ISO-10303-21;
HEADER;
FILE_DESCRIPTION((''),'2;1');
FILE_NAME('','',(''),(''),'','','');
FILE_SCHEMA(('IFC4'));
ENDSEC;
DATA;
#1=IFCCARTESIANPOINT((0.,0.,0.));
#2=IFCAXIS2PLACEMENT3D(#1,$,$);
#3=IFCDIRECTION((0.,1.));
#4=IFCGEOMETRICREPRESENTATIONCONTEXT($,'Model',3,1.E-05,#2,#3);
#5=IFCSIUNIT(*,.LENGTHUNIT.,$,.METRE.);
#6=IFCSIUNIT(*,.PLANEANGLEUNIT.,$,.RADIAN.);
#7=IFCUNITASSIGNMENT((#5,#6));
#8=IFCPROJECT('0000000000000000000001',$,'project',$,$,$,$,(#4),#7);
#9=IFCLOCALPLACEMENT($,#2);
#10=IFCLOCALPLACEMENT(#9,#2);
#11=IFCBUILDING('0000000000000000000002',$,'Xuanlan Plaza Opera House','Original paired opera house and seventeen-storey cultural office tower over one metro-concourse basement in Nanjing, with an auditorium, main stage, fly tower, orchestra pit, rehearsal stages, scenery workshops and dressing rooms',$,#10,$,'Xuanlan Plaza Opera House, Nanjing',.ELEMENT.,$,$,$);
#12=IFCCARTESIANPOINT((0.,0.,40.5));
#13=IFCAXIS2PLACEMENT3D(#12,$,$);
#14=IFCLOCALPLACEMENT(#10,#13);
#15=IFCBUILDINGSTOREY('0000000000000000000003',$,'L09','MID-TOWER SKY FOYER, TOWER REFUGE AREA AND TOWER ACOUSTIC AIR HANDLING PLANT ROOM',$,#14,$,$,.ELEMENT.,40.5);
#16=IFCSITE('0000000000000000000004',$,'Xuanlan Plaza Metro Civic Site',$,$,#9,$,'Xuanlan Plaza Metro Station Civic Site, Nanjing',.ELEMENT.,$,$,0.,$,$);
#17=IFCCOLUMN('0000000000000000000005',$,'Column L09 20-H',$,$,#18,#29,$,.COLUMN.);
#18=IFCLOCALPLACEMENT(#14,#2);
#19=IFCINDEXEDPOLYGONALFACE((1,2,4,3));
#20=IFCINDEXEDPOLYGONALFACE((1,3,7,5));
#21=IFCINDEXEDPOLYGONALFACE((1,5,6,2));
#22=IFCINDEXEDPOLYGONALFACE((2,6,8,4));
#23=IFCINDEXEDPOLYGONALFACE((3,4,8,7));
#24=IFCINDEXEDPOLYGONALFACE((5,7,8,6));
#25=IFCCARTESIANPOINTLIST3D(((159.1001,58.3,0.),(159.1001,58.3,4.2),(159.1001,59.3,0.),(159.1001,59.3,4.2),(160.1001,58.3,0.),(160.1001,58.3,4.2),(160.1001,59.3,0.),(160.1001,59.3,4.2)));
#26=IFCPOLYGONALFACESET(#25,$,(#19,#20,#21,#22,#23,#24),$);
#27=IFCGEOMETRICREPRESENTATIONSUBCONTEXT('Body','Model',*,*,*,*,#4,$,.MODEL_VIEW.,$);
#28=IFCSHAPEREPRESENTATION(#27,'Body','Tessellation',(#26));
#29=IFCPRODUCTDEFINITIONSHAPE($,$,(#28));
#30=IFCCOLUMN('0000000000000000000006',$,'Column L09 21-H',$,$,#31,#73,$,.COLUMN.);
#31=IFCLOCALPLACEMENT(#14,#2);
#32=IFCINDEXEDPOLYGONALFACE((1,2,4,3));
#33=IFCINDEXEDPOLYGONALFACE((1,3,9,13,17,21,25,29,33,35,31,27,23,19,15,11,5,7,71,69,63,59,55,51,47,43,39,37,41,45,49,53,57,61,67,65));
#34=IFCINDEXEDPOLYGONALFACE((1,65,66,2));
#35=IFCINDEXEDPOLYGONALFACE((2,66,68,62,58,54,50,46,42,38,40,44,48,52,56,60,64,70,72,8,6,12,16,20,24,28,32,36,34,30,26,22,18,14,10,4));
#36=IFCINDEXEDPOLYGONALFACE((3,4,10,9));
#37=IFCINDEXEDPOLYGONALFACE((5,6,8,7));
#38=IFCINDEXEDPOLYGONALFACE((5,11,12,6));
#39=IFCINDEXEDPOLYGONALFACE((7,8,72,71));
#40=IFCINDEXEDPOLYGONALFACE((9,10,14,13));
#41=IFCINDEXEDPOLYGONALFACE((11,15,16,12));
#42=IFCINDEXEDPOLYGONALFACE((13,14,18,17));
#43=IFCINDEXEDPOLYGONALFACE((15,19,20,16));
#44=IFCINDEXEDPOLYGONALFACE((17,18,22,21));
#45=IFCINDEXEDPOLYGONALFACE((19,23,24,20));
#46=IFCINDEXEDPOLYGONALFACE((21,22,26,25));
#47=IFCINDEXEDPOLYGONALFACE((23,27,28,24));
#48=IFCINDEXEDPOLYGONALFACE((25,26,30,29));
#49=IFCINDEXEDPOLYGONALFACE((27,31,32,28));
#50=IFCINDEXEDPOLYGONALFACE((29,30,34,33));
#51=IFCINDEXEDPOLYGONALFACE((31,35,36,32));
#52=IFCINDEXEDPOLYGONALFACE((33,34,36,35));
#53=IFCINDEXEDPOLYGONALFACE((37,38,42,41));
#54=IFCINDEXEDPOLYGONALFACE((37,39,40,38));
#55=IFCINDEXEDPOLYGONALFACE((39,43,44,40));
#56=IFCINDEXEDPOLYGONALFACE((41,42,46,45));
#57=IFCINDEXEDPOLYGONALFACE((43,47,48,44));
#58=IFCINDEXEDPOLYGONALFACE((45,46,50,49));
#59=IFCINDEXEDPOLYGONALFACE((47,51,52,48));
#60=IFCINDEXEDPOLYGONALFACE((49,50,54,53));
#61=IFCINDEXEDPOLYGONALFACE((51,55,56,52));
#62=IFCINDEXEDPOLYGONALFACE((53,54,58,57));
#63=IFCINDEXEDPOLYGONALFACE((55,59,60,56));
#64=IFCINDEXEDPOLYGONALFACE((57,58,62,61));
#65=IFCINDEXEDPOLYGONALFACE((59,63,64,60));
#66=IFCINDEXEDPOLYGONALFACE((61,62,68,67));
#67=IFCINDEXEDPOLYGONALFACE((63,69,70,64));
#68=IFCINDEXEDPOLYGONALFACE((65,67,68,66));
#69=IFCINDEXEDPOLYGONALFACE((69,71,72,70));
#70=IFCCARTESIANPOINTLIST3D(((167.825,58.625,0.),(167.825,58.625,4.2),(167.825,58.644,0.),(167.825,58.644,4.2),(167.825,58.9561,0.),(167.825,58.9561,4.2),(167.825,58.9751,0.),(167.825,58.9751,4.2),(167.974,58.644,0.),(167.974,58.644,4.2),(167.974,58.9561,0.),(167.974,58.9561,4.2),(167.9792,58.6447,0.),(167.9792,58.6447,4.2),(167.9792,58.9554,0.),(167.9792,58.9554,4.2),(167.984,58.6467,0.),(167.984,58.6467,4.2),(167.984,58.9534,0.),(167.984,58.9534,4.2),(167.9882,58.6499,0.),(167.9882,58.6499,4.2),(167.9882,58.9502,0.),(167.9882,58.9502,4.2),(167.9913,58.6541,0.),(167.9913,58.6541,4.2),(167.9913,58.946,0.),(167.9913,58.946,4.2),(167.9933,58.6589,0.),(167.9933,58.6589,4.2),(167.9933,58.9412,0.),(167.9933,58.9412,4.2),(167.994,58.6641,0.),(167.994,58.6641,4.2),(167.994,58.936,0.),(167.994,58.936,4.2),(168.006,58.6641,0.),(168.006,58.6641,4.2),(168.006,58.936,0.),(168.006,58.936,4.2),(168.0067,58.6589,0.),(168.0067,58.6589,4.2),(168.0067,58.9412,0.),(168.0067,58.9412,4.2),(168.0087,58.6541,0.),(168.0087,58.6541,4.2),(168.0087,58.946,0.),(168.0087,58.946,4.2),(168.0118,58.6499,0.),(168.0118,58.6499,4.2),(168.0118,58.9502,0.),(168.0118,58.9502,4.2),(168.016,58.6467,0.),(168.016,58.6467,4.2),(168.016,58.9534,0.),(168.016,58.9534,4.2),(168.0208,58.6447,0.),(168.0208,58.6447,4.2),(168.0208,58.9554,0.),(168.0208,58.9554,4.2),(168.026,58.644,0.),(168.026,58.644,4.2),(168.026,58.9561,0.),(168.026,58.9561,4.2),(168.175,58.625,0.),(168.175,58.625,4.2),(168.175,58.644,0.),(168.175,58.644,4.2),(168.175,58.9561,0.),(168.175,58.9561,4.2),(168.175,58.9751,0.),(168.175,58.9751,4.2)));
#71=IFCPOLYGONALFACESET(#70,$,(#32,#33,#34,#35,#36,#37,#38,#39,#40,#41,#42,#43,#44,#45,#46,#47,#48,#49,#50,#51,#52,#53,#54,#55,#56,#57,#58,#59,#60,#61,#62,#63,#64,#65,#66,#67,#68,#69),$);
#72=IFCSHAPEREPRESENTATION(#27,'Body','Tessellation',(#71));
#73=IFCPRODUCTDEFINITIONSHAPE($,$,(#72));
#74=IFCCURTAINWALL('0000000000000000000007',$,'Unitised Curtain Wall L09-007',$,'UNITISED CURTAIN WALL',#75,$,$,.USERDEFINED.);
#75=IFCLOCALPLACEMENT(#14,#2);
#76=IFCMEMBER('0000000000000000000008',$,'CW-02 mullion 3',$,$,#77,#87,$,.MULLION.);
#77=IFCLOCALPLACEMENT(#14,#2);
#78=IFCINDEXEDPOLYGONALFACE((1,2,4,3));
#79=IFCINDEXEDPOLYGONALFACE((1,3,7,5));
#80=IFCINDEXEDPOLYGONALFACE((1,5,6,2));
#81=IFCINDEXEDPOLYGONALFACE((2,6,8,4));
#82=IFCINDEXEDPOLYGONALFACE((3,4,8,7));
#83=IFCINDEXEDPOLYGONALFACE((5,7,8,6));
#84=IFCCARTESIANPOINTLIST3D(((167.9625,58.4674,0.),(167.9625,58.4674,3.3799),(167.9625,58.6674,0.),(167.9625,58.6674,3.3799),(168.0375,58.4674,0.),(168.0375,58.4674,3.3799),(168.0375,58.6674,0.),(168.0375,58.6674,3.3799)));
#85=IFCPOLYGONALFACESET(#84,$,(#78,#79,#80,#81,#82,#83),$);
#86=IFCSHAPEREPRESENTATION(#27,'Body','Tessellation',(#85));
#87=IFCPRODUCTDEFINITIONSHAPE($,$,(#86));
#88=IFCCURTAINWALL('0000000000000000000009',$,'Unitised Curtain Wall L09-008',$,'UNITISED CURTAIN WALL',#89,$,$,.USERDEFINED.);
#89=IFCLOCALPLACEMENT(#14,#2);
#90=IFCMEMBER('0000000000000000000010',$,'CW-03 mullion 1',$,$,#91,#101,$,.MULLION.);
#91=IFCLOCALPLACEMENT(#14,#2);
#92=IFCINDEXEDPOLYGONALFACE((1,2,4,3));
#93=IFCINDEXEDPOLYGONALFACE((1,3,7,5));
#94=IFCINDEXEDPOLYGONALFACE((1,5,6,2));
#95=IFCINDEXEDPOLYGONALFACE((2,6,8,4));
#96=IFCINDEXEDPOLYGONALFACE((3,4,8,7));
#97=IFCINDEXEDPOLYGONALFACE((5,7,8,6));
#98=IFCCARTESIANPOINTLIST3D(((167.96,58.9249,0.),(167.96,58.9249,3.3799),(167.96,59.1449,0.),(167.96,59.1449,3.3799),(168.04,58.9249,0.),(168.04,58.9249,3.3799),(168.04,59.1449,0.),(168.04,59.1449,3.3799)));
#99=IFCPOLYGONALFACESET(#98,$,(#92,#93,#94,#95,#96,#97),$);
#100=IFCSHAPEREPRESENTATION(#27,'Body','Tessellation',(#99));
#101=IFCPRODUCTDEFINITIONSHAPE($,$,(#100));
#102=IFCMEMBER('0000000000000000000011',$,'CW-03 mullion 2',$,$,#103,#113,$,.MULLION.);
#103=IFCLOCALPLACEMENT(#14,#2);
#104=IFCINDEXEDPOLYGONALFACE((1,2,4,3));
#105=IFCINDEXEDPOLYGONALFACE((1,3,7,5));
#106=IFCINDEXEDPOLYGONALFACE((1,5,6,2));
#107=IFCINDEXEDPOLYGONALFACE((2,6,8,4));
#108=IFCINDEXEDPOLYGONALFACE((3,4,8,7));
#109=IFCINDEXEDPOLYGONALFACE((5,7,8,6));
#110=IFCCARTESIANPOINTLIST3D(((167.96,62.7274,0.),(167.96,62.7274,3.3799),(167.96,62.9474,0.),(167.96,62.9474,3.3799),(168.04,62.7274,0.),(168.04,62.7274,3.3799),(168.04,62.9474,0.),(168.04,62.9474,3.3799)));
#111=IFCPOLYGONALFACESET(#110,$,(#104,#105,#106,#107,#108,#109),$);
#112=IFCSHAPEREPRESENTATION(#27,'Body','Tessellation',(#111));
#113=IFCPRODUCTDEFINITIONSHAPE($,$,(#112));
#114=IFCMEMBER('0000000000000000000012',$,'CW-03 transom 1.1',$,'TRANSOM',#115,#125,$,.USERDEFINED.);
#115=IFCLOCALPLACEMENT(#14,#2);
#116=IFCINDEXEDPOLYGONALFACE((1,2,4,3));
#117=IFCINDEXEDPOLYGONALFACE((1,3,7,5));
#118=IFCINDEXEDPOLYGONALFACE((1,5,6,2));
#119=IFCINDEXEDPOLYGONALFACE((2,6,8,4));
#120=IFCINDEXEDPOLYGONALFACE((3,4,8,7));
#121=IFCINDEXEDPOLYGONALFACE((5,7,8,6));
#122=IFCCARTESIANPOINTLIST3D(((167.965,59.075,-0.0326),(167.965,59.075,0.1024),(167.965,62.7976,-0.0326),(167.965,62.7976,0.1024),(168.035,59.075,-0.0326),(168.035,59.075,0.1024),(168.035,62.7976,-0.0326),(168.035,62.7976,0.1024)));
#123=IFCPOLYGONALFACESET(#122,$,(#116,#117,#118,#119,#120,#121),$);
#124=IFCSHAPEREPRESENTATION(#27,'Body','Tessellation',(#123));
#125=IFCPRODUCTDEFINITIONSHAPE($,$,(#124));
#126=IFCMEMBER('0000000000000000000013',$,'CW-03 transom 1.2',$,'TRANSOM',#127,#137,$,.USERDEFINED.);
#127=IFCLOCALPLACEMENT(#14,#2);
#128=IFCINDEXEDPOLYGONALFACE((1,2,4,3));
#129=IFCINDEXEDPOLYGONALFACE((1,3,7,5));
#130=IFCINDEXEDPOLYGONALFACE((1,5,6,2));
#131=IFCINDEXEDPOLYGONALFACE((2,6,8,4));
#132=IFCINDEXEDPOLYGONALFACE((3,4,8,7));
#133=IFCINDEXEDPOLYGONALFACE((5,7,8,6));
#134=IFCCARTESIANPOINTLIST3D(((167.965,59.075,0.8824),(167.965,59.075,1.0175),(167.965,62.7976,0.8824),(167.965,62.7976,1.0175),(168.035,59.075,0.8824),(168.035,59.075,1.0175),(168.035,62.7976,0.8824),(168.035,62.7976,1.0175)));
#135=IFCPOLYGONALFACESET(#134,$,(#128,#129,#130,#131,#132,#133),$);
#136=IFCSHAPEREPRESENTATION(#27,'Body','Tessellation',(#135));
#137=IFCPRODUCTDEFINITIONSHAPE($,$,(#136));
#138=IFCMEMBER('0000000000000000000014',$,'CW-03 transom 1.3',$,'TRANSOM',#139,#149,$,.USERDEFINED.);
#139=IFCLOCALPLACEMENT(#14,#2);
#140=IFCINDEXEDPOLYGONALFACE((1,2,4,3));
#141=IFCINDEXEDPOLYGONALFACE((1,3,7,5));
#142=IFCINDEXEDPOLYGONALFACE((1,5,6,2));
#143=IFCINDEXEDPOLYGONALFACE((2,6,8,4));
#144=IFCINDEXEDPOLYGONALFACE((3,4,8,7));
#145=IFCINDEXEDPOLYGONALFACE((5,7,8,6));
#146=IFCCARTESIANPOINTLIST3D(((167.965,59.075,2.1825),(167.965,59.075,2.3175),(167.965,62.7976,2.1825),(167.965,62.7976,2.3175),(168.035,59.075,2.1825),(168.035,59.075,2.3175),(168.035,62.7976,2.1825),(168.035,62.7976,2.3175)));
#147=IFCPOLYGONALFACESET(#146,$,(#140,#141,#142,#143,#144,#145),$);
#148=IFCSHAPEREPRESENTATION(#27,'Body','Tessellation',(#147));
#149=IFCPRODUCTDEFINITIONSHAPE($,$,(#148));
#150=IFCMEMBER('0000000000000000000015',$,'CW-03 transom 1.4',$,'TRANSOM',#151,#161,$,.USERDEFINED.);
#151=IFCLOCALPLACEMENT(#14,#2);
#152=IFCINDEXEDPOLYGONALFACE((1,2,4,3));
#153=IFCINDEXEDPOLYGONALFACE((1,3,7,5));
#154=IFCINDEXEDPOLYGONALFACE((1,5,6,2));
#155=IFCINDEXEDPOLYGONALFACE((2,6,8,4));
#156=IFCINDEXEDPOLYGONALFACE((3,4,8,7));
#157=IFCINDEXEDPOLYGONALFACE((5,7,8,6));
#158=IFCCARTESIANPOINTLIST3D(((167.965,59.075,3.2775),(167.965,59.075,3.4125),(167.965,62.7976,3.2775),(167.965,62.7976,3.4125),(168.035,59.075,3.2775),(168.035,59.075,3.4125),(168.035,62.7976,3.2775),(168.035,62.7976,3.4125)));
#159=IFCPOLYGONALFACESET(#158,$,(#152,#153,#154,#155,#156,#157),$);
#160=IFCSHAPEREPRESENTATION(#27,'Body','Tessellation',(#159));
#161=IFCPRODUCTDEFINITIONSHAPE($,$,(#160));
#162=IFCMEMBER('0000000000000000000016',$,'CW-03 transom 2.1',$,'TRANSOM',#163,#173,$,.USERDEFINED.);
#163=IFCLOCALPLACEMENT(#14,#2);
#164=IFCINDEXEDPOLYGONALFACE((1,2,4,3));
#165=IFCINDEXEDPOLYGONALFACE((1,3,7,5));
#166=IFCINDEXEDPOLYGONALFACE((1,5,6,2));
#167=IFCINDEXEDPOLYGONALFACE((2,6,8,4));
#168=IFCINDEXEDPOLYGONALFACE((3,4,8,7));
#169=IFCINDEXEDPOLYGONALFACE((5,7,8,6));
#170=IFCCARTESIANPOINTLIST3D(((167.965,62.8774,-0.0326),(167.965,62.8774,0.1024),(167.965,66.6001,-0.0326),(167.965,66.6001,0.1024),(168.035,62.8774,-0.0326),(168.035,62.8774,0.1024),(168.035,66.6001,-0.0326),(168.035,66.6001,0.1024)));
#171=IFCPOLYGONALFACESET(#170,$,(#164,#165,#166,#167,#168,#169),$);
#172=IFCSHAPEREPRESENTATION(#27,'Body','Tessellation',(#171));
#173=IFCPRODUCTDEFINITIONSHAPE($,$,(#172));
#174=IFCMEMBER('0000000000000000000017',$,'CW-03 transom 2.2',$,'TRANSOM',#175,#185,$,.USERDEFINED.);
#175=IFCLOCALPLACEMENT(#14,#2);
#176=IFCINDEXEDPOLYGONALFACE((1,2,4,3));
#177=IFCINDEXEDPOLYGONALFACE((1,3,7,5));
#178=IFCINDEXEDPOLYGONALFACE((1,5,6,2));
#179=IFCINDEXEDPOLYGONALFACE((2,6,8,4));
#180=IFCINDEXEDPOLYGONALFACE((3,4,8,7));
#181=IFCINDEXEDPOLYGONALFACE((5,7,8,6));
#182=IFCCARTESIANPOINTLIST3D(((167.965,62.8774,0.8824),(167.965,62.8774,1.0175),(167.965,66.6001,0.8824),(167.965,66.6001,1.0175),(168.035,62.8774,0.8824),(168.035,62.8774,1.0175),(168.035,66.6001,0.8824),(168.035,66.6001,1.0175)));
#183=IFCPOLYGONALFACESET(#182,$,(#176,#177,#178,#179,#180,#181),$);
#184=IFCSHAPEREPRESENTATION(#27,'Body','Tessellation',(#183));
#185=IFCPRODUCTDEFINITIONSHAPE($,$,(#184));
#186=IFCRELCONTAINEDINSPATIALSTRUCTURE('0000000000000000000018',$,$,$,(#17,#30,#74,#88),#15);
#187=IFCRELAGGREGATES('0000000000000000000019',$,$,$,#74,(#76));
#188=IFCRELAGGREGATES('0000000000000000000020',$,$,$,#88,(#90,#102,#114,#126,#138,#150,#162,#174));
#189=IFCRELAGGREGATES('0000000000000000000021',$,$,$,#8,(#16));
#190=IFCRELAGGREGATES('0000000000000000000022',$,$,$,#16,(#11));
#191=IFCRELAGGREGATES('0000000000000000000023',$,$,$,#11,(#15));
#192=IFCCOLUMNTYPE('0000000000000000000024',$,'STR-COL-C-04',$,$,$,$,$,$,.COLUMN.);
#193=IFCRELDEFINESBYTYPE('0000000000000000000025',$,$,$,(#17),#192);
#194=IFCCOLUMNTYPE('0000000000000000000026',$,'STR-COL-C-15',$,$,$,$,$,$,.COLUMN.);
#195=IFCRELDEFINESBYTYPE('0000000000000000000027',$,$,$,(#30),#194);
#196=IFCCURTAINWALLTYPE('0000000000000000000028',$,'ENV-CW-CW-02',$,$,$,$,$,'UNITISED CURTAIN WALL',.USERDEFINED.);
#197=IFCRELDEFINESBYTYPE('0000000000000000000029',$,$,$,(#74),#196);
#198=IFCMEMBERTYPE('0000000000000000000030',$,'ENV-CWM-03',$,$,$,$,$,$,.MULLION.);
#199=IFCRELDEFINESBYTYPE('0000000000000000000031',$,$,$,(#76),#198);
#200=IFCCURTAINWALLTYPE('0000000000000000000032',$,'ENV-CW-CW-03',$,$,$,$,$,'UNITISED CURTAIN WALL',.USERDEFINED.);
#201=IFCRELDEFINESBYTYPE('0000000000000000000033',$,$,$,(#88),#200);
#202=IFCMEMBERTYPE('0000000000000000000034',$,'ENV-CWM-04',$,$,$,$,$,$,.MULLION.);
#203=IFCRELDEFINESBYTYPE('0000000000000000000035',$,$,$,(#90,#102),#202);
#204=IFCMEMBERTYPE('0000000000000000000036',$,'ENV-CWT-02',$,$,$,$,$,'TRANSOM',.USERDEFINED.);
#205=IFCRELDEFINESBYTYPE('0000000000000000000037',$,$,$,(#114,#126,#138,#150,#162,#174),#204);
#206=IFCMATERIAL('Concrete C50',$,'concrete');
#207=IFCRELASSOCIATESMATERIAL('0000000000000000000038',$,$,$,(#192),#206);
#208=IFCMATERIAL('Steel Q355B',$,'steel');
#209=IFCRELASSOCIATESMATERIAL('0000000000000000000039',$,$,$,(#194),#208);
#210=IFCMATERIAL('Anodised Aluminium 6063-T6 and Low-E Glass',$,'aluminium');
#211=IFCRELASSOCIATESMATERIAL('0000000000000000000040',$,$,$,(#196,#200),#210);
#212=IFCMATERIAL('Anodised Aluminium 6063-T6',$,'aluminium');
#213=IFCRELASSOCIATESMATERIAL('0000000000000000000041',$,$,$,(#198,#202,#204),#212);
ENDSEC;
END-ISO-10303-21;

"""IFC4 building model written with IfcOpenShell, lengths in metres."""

from ifc_helpers import new_model, si_unit, direction, frame, origin, origin_2d, place, context, subcontext, project, spatial, rectangle, i_section, extrude, material, material_profile, profile_set, type_object, element, aggregate, save


model = new_model("IFC4")

# Units and contexts
model_context = context("Model", 3, precision=1e-05, world=origin(), true_north=direction((0.0, 1.0)))
body_context = subcontext(model_context, "Body", "Model", "MODEL_VIEW")
ifc_project = project(units=[si_unit("LENGTHUNIT", "METRE"), si_unit("PLANEANGLEUNIT", "RADIAN")], contexts=[model_context])

# Site, building, storey
site_placement = place(None, origin())
site = spatial("IfcSite", under=ifc_project, at=site_placement, Name="Xuanlan Plaza Metro Civic Site", LongName="Xuanlan Plaza Metro Station Civic Site, Nanjing", CompositionType="ELEMENT", RefElevation=0.0)
building_placement = place(site_placement, origin())
building = spatial("IfcBuilding", under=site, at=building_placement, Name="Xuanlan Plaza Opera House", Description="Original paired opera house and seventeen-storey cultural office tower over one metro-concourse basement in Nanjing, with an auditorium, main stage, fly tower, orchestra pit, rehearsal stages, scenery workshops and dressing rooms", LongName="Xuanlan Plaza Opera House, Nanjing", CompositionType="ELEMENT")
storey_placement = place(building_placement, frame((0.0, 0.0, 40.5)))
storey = spatial("IfcBuildingStorey", under=building, at=storey_placement, Name="L09", Description="MID-TOWER SKY FOYER, TOWER REFUGE AREA AND TOWER ACOUSTIC AIR HANDLING PLANT ROOM", CompositionType="ELEMENT", Elevation=40.5)

# Columns
ifc_material_1 = material(Name="Concrete C50", Category="concrete")
ifc_material_profile_1 = material_profile(ifc_material_1, rectangle(XDim=1.0, YDim=1.0, at=origin_2d()), Name="RC-COL 1000x1000")
ifc_profile_set_1 = profile_set([ifc_material_profile_1], Name="Concrete C50")
column_type_1 = type_object("IfcColumnType", Name="STR-COL-C-04", PredefinedType="COLUMN", material=ifc_profile_set_1)
column_1_placement = place(storey_placement, frame((159.6001, 58.8, 0.0), z_axis=(0.0, 0.0, 1.0), x_axis=(1.0, 0.0, 0.0)))
element("IfcColumn", 1, at=column_1_placement, inside=storey, type_object=column_type_1, Name="Column L09 20-H", PredefinedType="COLUMN", context=body_context, shape_type="SweptSolid", body=[
    extrude(rectangle(XDim=1.0, YDim=1.0, at=origin_2d()), origin(), (0.0, 0.0, 1.0), 4.2),
])
ifc_material_2 = material(Name="Steel Q355B", Category="steel")
ifc_material_profile_2 = material_profile(ifc_material_2, i_section(OverallWidth=0.3501, OverallDepth=0.3501, WebThickness=0.012, FlangeThickness=0.019, FilletRadius=0.02, at=origin_2d()), Name="HW 350x350x12x19")
ifc_profile_set_2 = profile_set([ifc_material_profile_2], Name="Steel Q355B")
column_type_2 = type_object("IfcColumnType", Name="STR-COL-C-15", PredefinedType="COLUMN", material=ifc_profile_set_2)
column_2_placement = place(storey_placement, frame((168.0, 58.8, 0.0), z_axis=(0.0, 0.0, 1.0), x_axis=(1.0, 0.0, 0.0)))
element("IfcColumn", 2, at=column_2_placement, inside=storey, type_object=column_type_2, Name="Column L09 21-H", PredefinedType="COLUMN", context=body_context, shape_type="SweptSolid", body=[
    extrude(i_section(OverallWidth=0.3501, OverallDepth=0.3501, WebThickness=0.012, FlangeThickness=0.019, FilletRadius=0.02, at=origin_2d()), origin(), (0.0, 0.0, 1.0), 4.2),
])

# Curtain wall, member
ifc_material_3 = material(Name="Anodised Aluminium 6063-T6 and Low-E Glass", Category="aluminium")
curtain_wall_type_1 = type_object("IfcCurtainWallType", Name="ENV-CW-CW-02", ElementType="UNITISED CURTAIN WALL", PredefinedType="USERDEFINED", material=ifc_material_3)
curtain_wall_1_placement = place(storey_placement, origin())
curtain_wall_1 = element("IfcCurtainWall", 3, at=curtain_wall_1_placement, inside=storey, type_object=curtain_wall_type_1, Name="Unitised Curtain Wall L09-007", ObjectType="UNITISED CURTAIN WALL", PredefinedType="USERDEFINED")
ifc_material_4 = material(Name="Anodised Aluminium 6063-T6", Category="aluminium")
ifc_material_profile_3 = material_profile(ifc_material_4, rectangle(XDim=0.075, YDim=0.2, at=origin_2d()), Name="ALU-M 75x200")
ifc_profile_set_3 = profile_set([ifc_material_profile_3], Name="Anodised Aluminium 6063-T6")
member_type_1 = type_object("IfcMemberType", Name="ENV-CWM-03", PredefinedType="MULLION", material=ifc_profile_set_3)
member_1_placement = place(storey_placement, frame((168.0, 58.5674, 0.0), z_axis=(0.0, 0.0, 1.0), x_axis=(-1.0, 0.0, 0.0)))
member_1 = element("IfcMember", 4, at=member_1_placement, type_object=member_type_1, Name="CW-02 mullion 3", PredefinedType="MULLION", context=body_context, shape_type="SweptSolid", body=[
    extrude(rectangle(XDim=0.075, YDim=0.2, at=origin_2d()), origin(), (0.0, 0.0, 1.0), 3.3799),
])

# Curtain wall, members
curtain_wall_type_2 = type_object("IfcCurtainWallType", Name="ENV-CW-CW-03", ElementType="UNITISED CURTAIN WALL", PredefinedType="USERDEFINED", material=ifc_material_3)
curtain_wall_2_placement = place(storey_placement, origin())
curtain_wall_2 = element("IfcCurtainWall", 5, at=curtain_wall_2_placement, inside=storey, type_object=curtain_wall_type_2, Name="Unitised Curtain Wall L09-008", ObjectType="UNITISED CURTAIN WALL", PredefinedType="USERDEFINED")
ifc_material_profile_4 = material_profile(ifc_material_4, rectangle(XDim=0.0801, YDim=0.22, at=origin_2d()), Name="ALU-M 80x220")
ifc_profile_set_4 = profile_set([ifc_material_profile_4], Name="Anodised Aluminium 6063-T6")
member_type_2 = type_object("IfcMemberType", Name="ENV-CWM-04", PredefinedType="MULLION", material=ifc_profile_set_4)
member_2_placement = place(storey_placement, frame((168.0, 59.0349, 0.0), z_axis=(0.0, 0.0, 1.0), x_axis=(-1.0, 0.0, 0.0)))
member_2 = element("IfcMember", 6, at=member_2_placement, type_object=member_type_2, Name="CW-03 mullion 1", PredefinedType="MULLION", context=body_context, shape_type="SweptSolid", body=[
    extrude(rectangle(XDim=0.0801, YDim=0.22, at=origin_2d()), origin(), (0.0, 0.0, 1.0), 3.3799),
])
member_3_placement = place(storey_placement, frame((168.0, 62.8374, 0.0), z_axis=(0.0, 0.0, 1.0), x_axis=(-1.0, 0.0, 0.0)))
member_3 = element("IfcMember", 7, at=member_3_placement, type_object=member_type_2, Name="CW-03 mullion 2", PredefinedType="MULLION", context=body_context, shape_type="SweptSolid", body=[
    extrude(rectangle(XDim=0.0801, YDim=0.22, at=origin_2d()), origin(), (0.0, 0.0, 1.0), 3.3799),
])
ifc_material_profile_5 = material_profile(ifc_material_4, rectangle(XDim=0.0701, YDim=0.135, at=origin_2d()), Name="ALU-T 70x135")
ifc_profile_set_5 = profile_set([ifc_material_profile_5], Name="Anodised Aluminium 6063-T6")
member_type_3 = type_object("IfcMemberType", Name="ENV-CWT-02", ElementType="TRANSOM", PredefinedType="USERDEFINED", material=ifc_profile_set_5)
member_4_placement = place(storey_placement, frame((168.0, 59.075, 0.0349), z_axis=(0.0, 1.0, 0.0), x_axis=(-1.0, 0.0, 0.0)))
member_4 = element("IfcMember", 8, at=member_4_placement, type_object=member_type_3, Name="CW-03 transom 1.1", ObjectType="TRANSOM", PredefinedType="USERDEFINED", context=body_context, shape_type="SweptSolid", body=[
    extrude(rectangle(XDim=0.0701, YDim=0.135, at=origin_2d()), origin(), (0.0, 0.0, 1.0), 3.7227),
])
member_5_placement = place(storey_placement, frame((168.0, 59.075, 0.95), z_axis=(0.0, 1.0, 0.0), x_axis=(-1.0, 0.0, 0.0)))
member_5 = element("IfcMember", 9, at=member_5_placement, type_object=member_type_3, Name="CW-03 transom 1.2", ObjectType="TRANSOM", PredefinedType="USERDEFINED", context=body_context, shape_type="SweptSolid", body=[
    extrude(rectangle(XDim=0.0701, YDim=0.135, at=origin_2d()), origin(), (0.0, 0.0, 1.0), 3.7227),
])
member_6_placement = place(storey_placement, frame((168.0, 59.075, 2.25), z_axis=(0.0, 1.0, 0.0), x_axis=(-1.0, 0.0, 0.0)))
member_6 = element("IfcMember", 10, at=member_6_placement, type_object=member_type_3, Name="CW-03 transom 1.3", ObjectType="TRANSOM", PredefinedType="USERDEFINED", context=body_context, shape_type="SweptSolid", body=[
    extrude(rectangle(XDim=0.0701, YDim=0.135, at=origin_2d()), origin(), (0.0, 0.0, 1.0), 3.7227),
])
member_7_placement = place(storey_placement, frame((168.0, 59.075, 3.345), z_axis=(0.0, 1.0, 0.0), x_axis=(-1.0, 0.0, 0.0)))
member_7 = element("IfcMember", 11, at=member_7_placement, type_object=member_type_3, Name="CW-03 transom 1.4", ObjectType="TRANSOM", PredefinedType="USERDEFINED", context=body_context, shape_type="SweptSolid", body=[
    extrude(rectangle(XDim=0.0701, YDim=0.135, at=origin_2d()), origin(), (0.0, 0.0, 1.0), 3.7227),
])
member_8_placement = place(storey_placement, frame((168.0, 62.8774, 0.0349), z_axis=(0.0, 1.0, 0.0), x_axis=(-1.0, 0.0, 0.0)))
member_8 = element("IfcMember", 12, at=member_8_placement, type_object=member_type_3, Name="CW-03 transom 2.1", ObjectType="TRANSOM", PredefinedType="USERDEFINED", context=body_context, shape_type="SweptSolid", body=[
    extrude(rectangle(XDim=0.0701, YDim=0.135, at=origin_2d()), origin(), (0.0, 0.0, 1.0), 3.7227),
])
member_9_placement = place(storey_placement, frame((168.0, 62.8774, 0.95), z_axis=(0.0, 1.0, 0.0), x_axis=(-1.0, 0.0, 0.0)))
member_9 = element("IfcMember", 13, at=member_9_placement, type_object=member_type_3, Name="CW-03 transom 2.2", ObjectType="TRANSOM", PredefinedType="USERDEFINED", context=body_context, shape_type="SweptSolid", body=[
    extrude(rectangle(XDim=0.0701, YDim=0.135, at=origin_2d()), origin(), (0.0, 0.0, 1.0), 3.7227),
])

aggregate(curtain_wall_1, [member_1])
aggregate(curtain_wall_2, [member_2, member_3, member_4, member_5, member_6, member_7, member_8, member_9])

save(model, "model.ifc")
